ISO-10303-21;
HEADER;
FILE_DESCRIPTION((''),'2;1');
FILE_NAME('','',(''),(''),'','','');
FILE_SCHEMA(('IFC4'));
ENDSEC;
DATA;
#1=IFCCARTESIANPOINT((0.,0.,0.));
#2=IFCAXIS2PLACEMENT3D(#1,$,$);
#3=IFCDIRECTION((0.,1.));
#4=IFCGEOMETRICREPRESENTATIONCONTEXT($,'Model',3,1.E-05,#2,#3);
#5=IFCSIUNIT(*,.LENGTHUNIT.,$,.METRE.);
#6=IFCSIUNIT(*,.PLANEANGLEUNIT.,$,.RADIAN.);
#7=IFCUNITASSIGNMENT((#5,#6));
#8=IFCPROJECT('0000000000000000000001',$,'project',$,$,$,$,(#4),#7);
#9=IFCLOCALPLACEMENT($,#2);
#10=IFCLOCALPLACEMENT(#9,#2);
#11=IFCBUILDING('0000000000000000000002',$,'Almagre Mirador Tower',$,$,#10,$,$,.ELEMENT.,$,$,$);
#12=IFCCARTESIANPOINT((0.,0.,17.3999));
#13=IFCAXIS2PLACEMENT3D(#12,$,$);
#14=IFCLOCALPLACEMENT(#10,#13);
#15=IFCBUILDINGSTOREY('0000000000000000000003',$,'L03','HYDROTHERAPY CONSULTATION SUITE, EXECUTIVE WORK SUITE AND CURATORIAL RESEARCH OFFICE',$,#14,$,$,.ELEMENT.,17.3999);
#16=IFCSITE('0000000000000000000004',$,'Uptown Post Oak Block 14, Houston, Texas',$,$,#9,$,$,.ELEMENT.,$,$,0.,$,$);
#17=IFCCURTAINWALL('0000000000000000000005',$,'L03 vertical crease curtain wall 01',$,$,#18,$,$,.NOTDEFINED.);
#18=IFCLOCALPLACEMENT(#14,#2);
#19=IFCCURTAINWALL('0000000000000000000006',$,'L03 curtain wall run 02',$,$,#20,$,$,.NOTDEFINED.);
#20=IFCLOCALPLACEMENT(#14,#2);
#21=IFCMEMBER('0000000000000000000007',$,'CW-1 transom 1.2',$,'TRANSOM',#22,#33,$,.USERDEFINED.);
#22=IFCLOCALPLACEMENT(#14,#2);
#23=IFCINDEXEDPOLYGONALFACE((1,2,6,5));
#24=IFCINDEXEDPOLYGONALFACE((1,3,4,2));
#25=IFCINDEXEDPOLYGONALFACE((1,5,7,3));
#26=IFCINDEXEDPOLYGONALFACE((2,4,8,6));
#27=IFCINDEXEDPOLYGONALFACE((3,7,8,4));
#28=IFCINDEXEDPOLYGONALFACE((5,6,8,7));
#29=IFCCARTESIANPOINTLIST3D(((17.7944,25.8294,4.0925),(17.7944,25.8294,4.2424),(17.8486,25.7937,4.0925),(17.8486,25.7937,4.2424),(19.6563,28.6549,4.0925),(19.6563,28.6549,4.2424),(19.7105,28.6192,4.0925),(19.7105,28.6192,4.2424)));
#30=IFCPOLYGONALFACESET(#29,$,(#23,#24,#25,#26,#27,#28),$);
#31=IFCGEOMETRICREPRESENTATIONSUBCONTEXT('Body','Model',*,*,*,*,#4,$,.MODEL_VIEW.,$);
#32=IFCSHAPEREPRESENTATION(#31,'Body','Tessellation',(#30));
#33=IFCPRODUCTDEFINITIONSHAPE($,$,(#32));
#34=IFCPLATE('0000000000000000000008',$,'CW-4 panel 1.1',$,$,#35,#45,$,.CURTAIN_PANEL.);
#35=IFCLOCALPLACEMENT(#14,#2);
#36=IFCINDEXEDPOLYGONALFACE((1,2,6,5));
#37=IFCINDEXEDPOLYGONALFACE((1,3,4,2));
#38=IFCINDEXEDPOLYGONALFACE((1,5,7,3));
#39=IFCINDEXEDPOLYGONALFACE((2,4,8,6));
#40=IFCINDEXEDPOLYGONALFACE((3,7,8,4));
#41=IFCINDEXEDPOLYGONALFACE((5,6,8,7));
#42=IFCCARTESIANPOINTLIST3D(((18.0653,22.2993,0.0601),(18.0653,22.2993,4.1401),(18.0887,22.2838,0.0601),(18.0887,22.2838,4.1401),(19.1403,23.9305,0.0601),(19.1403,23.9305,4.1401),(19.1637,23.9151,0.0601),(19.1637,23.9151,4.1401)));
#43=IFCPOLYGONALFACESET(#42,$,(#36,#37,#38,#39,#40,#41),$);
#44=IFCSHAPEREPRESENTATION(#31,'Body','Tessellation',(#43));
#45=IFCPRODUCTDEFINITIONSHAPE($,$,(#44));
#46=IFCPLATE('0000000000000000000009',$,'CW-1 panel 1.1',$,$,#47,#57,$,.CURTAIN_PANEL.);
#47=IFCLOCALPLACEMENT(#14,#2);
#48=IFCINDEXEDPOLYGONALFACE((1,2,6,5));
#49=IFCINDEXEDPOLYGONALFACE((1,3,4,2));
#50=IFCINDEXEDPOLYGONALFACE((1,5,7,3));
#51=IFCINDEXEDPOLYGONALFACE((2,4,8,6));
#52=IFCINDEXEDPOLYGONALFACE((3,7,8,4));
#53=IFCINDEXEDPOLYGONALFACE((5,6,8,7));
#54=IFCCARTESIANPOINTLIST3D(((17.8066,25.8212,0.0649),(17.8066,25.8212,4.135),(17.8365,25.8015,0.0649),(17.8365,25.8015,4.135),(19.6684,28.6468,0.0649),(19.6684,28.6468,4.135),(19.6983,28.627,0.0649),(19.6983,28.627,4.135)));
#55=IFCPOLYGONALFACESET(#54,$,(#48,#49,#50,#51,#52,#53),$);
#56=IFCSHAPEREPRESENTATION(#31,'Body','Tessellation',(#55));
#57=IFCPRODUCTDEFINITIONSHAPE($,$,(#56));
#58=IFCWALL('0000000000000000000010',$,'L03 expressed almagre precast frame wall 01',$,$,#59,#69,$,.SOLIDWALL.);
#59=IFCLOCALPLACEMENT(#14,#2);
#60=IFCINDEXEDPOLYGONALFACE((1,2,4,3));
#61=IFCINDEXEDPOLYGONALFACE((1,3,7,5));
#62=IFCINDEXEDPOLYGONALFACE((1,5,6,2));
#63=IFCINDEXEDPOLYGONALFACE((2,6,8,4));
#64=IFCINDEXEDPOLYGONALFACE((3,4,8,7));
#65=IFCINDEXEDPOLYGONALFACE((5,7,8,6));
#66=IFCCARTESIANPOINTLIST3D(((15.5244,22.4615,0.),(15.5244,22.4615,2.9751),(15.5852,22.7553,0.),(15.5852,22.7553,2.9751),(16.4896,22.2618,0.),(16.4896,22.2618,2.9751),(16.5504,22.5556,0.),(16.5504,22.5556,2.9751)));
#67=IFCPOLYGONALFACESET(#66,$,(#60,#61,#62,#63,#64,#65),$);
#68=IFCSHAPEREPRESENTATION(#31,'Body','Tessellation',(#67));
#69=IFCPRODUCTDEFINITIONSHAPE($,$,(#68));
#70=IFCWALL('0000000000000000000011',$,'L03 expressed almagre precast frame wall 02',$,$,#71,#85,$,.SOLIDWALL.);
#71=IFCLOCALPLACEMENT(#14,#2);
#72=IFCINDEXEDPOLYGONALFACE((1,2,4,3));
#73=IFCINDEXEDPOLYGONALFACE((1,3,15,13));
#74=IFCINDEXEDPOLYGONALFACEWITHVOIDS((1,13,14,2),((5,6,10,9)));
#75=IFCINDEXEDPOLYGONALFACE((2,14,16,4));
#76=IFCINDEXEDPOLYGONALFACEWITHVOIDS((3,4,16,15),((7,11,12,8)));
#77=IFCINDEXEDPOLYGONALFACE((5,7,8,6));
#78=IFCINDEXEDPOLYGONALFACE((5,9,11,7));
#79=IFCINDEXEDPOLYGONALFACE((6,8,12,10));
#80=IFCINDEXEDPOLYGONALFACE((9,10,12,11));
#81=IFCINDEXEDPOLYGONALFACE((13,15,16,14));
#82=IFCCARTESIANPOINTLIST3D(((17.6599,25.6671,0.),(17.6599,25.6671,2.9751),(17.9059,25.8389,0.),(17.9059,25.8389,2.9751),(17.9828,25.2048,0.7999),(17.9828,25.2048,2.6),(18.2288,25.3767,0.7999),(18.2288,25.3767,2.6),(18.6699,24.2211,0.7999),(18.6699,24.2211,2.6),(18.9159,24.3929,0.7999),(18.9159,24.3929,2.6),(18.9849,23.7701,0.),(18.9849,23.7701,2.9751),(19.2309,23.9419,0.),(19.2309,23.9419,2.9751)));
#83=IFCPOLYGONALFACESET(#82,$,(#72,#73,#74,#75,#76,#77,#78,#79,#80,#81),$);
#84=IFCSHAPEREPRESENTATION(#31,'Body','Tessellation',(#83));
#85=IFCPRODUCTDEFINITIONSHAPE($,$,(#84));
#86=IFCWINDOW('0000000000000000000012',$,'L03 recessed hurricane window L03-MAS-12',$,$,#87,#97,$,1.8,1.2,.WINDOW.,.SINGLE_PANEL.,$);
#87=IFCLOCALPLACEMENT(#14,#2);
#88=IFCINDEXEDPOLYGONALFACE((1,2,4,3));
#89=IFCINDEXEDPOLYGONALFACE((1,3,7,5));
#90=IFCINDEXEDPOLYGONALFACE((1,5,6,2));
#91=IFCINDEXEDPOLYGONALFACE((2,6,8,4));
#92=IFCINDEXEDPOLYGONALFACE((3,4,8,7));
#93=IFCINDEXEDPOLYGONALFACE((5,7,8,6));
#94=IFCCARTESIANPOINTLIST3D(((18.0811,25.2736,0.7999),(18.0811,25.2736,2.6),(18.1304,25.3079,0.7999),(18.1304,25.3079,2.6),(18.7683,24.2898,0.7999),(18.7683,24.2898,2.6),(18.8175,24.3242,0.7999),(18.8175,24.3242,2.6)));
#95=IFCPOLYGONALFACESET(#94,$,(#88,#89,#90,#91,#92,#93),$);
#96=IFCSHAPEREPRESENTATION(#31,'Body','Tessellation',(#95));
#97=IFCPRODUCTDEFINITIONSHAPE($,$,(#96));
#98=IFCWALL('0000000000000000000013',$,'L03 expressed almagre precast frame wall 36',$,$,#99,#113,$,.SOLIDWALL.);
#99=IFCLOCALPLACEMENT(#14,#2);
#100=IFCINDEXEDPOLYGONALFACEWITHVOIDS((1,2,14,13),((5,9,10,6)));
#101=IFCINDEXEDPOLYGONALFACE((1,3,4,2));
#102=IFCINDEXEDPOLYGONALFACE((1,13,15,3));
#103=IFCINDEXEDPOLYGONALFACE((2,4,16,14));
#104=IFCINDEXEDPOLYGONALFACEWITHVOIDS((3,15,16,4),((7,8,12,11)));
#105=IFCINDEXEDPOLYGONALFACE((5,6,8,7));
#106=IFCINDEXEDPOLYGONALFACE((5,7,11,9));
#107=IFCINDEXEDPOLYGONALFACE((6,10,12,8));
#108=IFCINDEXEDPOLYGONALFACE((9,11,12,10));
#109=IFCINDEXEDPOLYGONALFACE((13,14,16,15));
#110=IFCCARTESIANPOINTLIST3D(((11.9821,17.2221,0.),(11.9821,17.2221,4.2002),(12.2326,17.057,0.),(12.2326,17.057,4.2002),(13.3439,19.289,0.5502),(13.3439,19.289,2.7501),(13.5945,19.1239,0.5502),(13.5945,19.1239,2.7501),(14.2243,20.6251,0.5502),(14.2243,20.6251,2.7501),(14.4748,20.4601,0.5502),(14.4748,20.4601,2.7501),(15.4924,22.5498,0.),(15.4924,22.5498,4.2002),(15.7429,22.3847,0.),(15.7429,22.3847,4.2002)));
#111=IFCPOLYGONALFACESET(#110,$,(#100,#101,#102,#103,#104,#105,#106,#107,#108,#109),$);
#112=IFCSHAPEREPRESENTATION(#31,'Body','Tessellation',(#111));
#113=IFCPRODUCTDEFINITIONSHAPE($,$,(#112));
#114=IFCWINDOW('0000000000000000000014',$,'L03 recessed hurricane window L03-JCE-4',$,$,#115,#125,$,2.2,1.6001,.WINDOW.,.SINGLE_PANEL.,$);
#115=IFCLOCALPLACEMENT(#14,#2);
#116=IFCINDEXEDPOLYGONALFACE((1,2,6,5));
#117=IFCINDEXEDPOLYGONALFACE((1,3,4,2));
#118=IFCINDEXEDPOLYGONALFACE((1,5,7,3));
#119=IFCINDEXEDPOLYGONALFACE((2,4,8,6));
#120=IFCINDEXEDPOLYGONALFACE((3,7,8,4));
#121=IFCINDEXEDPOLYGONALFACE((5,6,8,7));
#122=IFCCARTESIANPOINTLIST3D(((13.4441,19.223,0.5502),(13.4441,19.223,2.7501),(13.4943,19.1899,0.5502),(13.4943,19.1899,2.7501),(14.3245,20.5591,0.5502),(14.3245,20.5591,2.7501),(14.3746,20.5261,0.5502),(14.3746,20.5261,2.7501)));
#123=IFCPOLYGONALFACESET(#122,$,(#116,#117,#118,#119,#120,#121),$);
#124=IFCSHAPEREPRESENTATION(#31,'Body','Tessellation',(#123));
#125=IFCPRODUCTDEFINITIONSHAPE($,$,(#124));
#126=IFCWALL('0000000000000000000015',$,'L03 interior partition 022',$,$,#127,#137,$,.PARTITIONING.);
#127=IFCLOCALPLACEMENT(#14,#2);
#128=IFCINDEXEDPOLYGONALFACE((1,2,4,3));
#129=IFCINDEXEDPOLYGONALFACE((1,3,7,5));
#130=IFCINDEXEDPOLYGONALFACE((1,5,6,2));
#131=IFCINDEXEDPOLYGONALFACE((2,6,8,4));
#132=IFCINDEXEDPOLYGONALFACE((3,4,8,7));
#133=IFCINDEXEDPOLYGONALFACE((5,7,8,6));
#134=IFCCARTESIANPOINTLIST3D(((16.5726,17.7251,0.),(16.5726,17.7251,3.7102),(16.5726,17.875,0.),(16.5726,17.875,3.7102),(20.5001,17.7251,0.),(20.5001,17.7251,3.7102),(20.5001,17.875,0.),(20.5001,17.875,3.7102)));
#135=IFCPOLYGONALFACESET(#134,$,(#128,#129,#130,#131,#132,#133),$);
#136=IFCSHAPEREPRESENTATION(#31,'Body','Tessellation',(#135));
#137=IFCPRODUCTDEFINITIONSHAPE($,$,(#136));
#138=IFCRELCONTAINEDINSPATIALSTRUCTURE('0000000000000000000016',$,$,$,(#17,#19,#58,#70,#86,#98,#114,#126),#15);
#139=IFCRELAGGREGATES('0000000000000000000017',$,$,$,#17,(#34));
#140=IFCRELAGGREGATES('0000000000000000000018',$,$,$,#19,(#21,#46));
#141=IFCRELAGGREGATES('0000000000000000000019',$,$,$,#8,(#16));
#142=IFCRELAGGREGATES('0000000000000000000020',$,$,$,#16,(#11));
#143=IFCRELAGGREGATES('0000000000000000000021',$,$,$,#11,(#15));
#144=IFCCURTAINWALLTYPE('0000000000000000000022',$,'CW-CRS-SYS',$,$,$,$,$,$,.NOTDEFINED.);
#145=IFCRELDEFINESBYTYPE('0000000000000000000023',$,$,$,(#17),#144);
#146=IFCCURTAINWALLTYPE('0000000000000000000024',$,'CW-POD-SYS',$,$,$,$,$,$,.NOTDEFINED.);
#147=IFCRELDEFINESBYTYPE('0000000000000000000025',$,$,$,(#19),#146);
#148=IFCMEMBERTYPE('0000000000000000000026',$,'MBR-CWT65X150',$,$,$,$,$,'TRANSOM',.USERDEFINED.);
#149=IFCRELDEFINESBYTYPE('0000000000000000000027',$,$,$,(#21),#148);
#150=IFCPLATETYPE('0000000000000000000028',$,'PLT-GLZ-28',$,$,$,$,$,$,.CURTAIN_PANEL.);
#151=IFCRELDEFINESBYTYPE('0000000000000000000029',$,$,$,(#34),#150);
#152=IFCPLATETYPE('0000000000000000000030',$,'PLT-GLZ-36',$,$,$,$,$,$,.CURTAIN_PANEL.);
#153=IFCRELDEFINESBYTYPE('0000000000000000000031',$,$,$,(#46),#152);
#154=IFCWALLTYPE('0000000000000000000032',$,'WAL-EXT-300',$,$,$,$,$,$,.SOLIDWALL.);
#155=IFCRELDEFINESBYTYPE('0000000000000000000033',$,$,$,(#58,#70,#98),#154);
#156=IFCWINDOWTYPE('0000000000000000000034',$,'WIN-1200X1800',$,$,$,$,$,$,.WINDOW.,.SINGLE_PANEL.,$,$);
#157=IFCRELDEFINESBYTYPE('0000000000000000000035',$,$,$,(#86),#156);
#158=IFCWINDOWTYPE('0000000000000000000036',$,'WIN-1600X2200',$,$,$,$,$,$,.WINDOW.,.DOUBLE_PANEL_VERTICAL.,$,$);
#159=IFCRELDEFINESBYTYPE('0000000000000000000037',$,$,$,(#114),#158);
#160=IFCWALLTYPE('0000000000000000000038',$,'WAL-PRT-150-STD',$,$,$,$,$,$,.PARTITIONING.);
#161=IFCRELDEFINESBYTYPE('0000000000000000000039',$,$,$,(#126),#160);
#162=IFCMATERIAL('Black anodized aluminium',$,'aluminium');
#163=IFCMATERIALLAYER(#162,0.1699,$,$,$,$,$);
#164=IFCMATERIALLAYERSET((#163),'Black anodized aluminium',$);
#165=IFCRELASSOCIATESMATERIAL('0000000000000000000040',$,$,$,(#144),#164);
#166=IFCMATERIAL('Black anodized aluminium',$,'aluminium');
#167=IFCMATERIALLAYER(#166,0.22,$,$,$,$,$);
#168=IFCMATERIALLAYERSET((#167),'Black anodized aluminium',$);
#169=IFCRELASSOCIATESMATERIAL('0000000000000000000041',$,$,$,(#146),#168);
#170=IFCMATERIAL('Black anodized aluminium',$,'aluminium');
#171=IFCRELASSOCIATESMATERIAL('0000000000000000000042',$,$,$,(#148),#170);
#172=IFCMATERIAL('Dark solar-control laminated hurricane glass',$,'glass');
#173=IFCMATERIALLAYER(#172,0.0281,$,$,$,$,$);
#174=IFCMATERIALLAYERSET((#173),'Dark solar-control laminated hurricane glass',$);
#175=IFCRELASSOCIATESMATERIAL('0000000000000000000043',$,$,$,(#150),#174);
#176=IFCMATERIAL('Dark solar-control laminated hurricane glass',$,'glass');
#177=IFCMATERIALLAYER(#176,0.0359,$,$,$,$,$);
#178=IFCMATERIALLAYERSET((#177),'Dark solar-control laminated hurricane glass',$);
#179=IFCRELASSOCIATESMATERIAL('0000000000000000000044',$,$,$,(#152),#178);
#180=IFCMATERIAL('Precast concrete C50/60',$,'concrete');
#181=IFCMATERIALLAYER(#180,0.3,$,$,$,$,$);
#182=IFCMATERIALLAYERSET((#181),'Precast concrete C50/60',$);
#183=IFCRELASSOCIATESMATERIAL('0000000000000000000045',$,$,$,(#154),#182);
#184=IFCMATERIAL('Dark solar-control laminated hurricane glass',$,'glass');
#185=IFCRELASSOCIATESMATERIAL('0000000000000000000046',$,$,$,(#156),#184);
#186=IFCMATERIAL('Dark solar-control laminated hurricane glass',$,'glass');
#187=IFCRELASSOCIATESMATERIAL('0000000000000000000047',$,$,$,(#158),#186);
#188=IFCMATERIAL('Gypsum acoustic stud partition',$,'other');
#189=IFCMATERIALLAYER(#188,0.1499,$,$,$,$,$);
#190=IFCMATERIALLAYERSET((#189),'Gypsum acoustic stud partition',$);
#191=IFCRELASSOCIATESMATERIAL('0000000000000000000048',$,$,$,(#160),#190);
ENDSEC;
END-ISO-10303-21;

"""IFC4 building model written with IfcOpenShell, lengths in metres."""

from ifc_helpers import new_model, si_unit, direction, frame, frame_2d, origin, origin_2d, place, context, subcontext, project, spatial, rectangle, extrude, material, layer, layer_set, material_profile, profile_set, type_object, element, fill, aggregate, save


model = new_model("IFC4")

# Units and contexts
model_context = context("Model", 3, precision=1e-05, world=origin(), true_north=direction((0.0, 1.0)))
body_context = subcontext(model_context, "Body", "Model", "MODEL_VIEW")
ifc_project = project(units=[si_unit("LENGTHUNIT", "METRE"), si_unit("PLANEANGLEUNIT", "RADIAN")], contexts=[model_context])

# Site, building, storey
site_placement = place(None, origin())
site = spatial("IfcSite", under=ifc_project, at=site_placement, Name="Uptown Post Oak Block 14, Houston, Texas", CompositionType="ELEMENT", RefElevation=0.0)
building_placement = place(site_placement, origin())
building = spatial("IfcBuilding", under=site, at=building_placement, Name="Almagre Mirador Tower", CompositionType="ELEMENT")
storey_placement = place(building_placement, frame((0.0, 0.0, 17.3999)))
storey = spatial("IfcBuildingStorey", under=building, at=storey_placement, Name="L03", Description="HYDROTHERAPY CONSULTATION SUITE, EXECUTIVE WORK SUITE AND CURATORIAL RESEARCH OFFICE", CompositionType="ELEMENT", Elevation=17.3999)

# Curtain walls
ifc_material_1 = material(Name="Black anodized aluminium", Category="aluminium")
ifc_layer_1 = layer(ifc_material_1, 0.1699)
ifc_layer_set_1 = layer_set([ifc_layer_1], Name="Black anodized aluminium")
curtain_wall_type_1 = type_object("IfcCurtainWallType", Name="CW-CRS-SYS", PredefinedType="NOTDEFINED", material=ifc_layer_set_1)
curtain_wall_1_placement = place(storey_placement, origin())
curtain_wall_1 = element("IfcCurtainWall", 1, at=curtain_wall_1_placement, inside=storey, type_object=curtain_wall_type_1, Name="L03 vertical crease curtain wall 01", PredefinedType="NOTDEFINED")
ifc_material_2 = material(Name="Black anodized aluminium", Category="aluminium")
ifc_layer_2 = layer(ifc_material_2, 0.22)
ifc_layer_set_2 = layer_set([ifc_layer_2], Name="Black anodized aluminium")
curtain_wall_type_2 = type_object("IfcCurtainWallType", Name="CW-POD-SYS", PredefinedType="NOTDEFINED", material=ifc_layer_set_2)
curtain_wall_2_placement = place(storey_placement, origin())
curtain_wall_2 = element("IfcCurtainWall", 2, at=curtain_wall_2_placement, inside=storey, type_object=curtain_wall_type_2, Name="L03 curtain wall run 02", PredefinedType="NOTDEFINED")

# Member
ifc_material_3 = material(Name="Black anodized aluminium", Category="aluminium")
ifc_material_profile_1 = material_profile(ifc_material_3, rectangle(XDim=0.0649, YDim=0.1499, at=origin_2d()), Name="CWT65X150")
ifc_profile_set_1 = profile_set([ifc_material_profile_1], Name="Black anodized aluminium")
member_type_1 = type_object("IfcMemberType", Name="MBR-CWT65X150", ElementType="TRANSOM", PredefinedType="USERDEFINED", material=ifc_profile_set_1)
member_1_placement = place(storey_placement, frame((17.8215, 25.8115, 4.1675), z_axis=(0.55023, 0.835013, 0.0), x_axis=(-0.835013, 0.55023, 0.0)))
member_1 = element("IfcMember", 3, at=member_1_placement, type_object=member_type_1, Name="CW-1 transom 1.2", ObjectType="TRANSOM", PredefinedType="USERDEFINED", context=body_context, shape_type="SweptSolid", body=[
    extrude(rectangle(XDim=0.0649, YDim=0.1499, at=origin_2d()), origin(), (0.0, 0.0, 1.0), 3.3838),
])

# Plates
ifc_material_4 = material(Name="Dark solar-control laminated hurricane glass", Category="glass")
ifc_layer_3 = layer(ifc_material_4, 0.0281)
ifc_layer_set_3 = layer_set([ifc_layer_3], Name="Dark solar-control laminated hurricane glass")
plate_type_1 = type_object("IfcPlateType", Name="PLT-GLZ-28", PredefinedType="CURTAIN_PANEL", material=ifc_layer_set_3)
plate_1_placement = place(storey_placement, frame((18.6145, 23.1072, 0.0601), z_axis=(0.0, 0.0, 1.0), x_axis=(0.550263, 0.834991, 0.0)))
plate_1 = element("IfcPlate", 4, at=plate_1_placement, type_object=plate_type_1, Name="CW-4 panel 1.1", PredefinedType="CURTAIN_PANEL", context=body_context, shape_type="SweptSolid", body=[
    extrude(rectangle(XDim=1.9536, YDim=0.0281, at=origin_2d()), origin(), (0.0, 0.0, 1.0), 4.0801),
])
aggregate(curtain_wall_1, [plate_1])
ifc_material_5 = material(Name="Dark solar-control laminated hurricane glass", Category="glass")
ifc_layer_4 = layer(ifc_material_5, 0.0359)
ifc_layer_set_4 = layer_set([ifc_layer_4], Name="Dark solar-control laminated hurricane glass")
plate_type_2 = type_object("IfcPlateType", Name="PLT-GLZ-36", PredefinedType="CURTAIN_PANEL", material=ifc_layer_set_4)
plate_2_placement = place(storey_placement, frame((18.7524, 27.2241, 0.0649), z_axis=(0.0, 0.0, 1.0), x_axis=(0.550207, 0.835028, 0.0)))
plate_2 = element("IfcPlate", 5, at=plate_2_placement, type_object=plate_type_2, Name="CW-1 panel 1.1", PredefinedType="CURTAIN_PANEL", context=body_context, shape_type="SweptSolid", body=[
    extrude(rectangle(XDim=3.3838, YDim=0.0359, at=origin_2d()), origin(), (0.0, 0.0, 1.0), 4.0701),
])
aggregate(curtain_wall_2, [member_1, plate_2])

# Wall
ifc_material_6 = material(Name="Precast concrete C50/60", Category="concrete")
ifc_layer_5 = layer(ifc_material_6, 0.3)
ifc_layer_set_5 = layer_set([ifc_layer_5], Name="Precast concrete C50/60")
wall_type_1 = type_object("IfcWallType", Name="WAL-EXT-300", PredefinedType="SOLIDWALL", material=ifc_layer_set_5)
wall_1_placement = place(storey_placement, frame((15.5549, 22.6084, 0.0), z_axis=(0.0, 0.0, 1.0), x_axis=(0.979254, -0.202638, 0.0)))
element("IfcWall", 6, at=wall_1_placement, inside=storey, type_object=wall_type_1, Name="L03 expressed almagre precast frame wall 01", PredefinedType="SOLIDWALL", context=body_context, shape_type="SweptSolid", body=[
    extrude(rectangle(XDim=0.9856, YDim=0.3, at=frame_2d((0.4927, 0.0))), origin(), (0.0, 0.0, 1.0), 2.9751),
])

# Walls, openings, windows
wall_2_placement = place(storey_placement, frame((19.1079, 23.856, 0.0), z_axis=(0.0, 0.0, 1.0), x_axis=(-0.572612, 0.819826, 0.0)))
wall_2 = element("IfcWall", 7, at=wall_2_placement, inside=storey, type_object=wall_type_1, Name="L03 expressed almagre precast frame wall 02", PredefinedType="SOLIDWALL", context=body_context, shape_type="SweptSolid", body=[
    extrude(rectangle(XDim=2.314, YDim=0.3, at=frame_2d((1.157, 0.0))), origin(), (0.0, 0.0, 1.0), 2.9751),
])
opening_1_placement = place(wall_2_placement, frame((0.55, 0.0, 0.8)))
opening_1 = element("IfcOpeningElement", 8, at=opening_1_placement, cuts=wall_2, PredefinedType="OPENING", context=body_context, shape_type="SweptSolid", body=[
    extrude(rectangle(XDim=1.2, YDim=1.8, at=frame_2d((0.6001, 0.8999))), frame((0.0, 0.1599, 0.0), z_axis=(0.0, -1.0, 0.0), x_axis=(1.0, 0.0, 0.0)), (0.0, 0.0, 1.0), 0.32),
])
ifc_material_7 = material(Name="Dark solar-control laminated hurricane glass", Category="glass")
window_type_1 = type_object("IfcWindowType", Name="WIN-1200X1800", PartitioningType="SINGLE_PANEL", PredefinedType="WINDOW", material=ifc_material_7)
window_1_placement = place(opening_1_placement, origin())
window_1 = element("IfcWindow", 9, at=window_1_placement, inside=storey, type_object=window_type_1, Name="L03 recessed hurricane window L03-MAS-12", OverallHeight=1.8, OverallWidth=1.2, PartitioningType="SINGLE_PANEL", PredefinedType="WINDOW", context=body_context, shape_type="SweptSolid", body=[
    extrude(rectangle(XDim=1.2, YDim=1.8, at=frame_2d((0.6001, 0.8999))), frame((0.0, 0.03, 0.0), z_axis=(0.0, -1.0, 0.0), x_axis=(1.0, 0.0, 0.0)), (0.0, 0.0, 1.0), 0.0601),
])
fill(opening_1, window_1)
wall_3_placement = place(storey_placement, frame((12.1074, 17.1396, 0.0), z_axis=(0.0, 0.0, 1.0), x_axis=(0.550188, 0.835041, 0.0)))
wall_3 = element("IfcWall", 10, at=wall_3_placement, inside=storey, type_object=wall_type_1, Name="L03 expressed almagre precast frame wall 36", PredefinedType="SOLIDWALL", context=body_context, shape_type="SweptSolid", body=[
    extrude(rectangle(XDim=6.3801, YDim=0.3, at=frame_2d((3.1899, 0.0))), origin(), (0.0, 0.0, 1.0), 4.2002),
])
opening_2_placement = place(wall_3_placement, frame((2.4751, 0.0, 0.55)))
opening_2 = element("IfcOpeningElement", 11, at=opening_2_placement, cuts=wall_3, PredefinedType="OPENING", context=body_context, shape_type="SweptSolid", body=[
    extrude(rectangle(XDim=1.6001, YDim=2.2, at=frame_2d((0.8, 1.1001))), frame((0.0, 0.1599, 0.0), z_axis=(0.0, -1.0, 0.0), x_axis=(1.0, 0.0, 0.0)), (0.0, 0.0, 1.0), 0.32),
])
ifc_material_8 = material(Name="Dark solar-control laminated hurricane glass", Category="glass")
window_type_2 = type_object("IfcWindowType", Name="WIN-1600X2200", PartitioningType="DOUBLE_PANEL_VERTICAL", PredefinedType="WINDOW", material=ifc_material_8)
window_2_placement = place(opening_2_placement, origin())
window_2 = element("IfcWindow", 12, at=window_2_placement, inside=storey, type_object=window_type_2, Name="L03 recessed hurricane window L03-JCE-4", OverallHeight=2.2, OverallWidth=1.6001, PartitioningType="SINGLE_PANEL", PredefinedType="WINDOW", context=body_context, shape_type="SweptSolid", body=[
    extrude(rectangle(XDim=1.6001, YDim=2.2, at=frame_2d((0.8, 1.1001))), frame((0.0, 0.03, 0.0), z_axis=(0.0, -1.0, 0.0), x_axis=(1.0, 0.0, 0.0)), (0.0, 0.0, 1.0), 0.0601),
])
fill(opening_2, window_2)

# Wall
ifc_material_9 = material(Name="Gypsum acoustic stud partition", Category="other")
ifc_layer_6 = layer(ifc_material_9, 0.1499)
ifc_layer_set_6 = layer_set([ifc_layer_6], Name="Gypsum acoustic stud partition")
wall_type_2 = type_object("IfcWallType", Name="WAL-PRT-150-STD", PredefinedType="PARTITIONING", material=ifc_layer_set_6)
wall_4_placement = place(storey_placement, frame((16.5725, 17.8, 0.0), z_axis=(0.0, 0.0, 1.0), x_axis=(1.0, 0.0, 0.0)))
element("IfcWall", 13, at=wall_4_placement, inside=storey, type_object=wall_type_2, Name="L03 interior partition 022", PredefinedType="PARTITIONING", context=body_context, shape_type="SweptSolid", body=[
    extrude(rectangle(XDim=3.9275, YDim=0.1499, at=frame_2d((1.9639, 0.0))), origin(), (0.0, 0.0, 1.0), 3.7102),
])

save(model, "model.ifc")
